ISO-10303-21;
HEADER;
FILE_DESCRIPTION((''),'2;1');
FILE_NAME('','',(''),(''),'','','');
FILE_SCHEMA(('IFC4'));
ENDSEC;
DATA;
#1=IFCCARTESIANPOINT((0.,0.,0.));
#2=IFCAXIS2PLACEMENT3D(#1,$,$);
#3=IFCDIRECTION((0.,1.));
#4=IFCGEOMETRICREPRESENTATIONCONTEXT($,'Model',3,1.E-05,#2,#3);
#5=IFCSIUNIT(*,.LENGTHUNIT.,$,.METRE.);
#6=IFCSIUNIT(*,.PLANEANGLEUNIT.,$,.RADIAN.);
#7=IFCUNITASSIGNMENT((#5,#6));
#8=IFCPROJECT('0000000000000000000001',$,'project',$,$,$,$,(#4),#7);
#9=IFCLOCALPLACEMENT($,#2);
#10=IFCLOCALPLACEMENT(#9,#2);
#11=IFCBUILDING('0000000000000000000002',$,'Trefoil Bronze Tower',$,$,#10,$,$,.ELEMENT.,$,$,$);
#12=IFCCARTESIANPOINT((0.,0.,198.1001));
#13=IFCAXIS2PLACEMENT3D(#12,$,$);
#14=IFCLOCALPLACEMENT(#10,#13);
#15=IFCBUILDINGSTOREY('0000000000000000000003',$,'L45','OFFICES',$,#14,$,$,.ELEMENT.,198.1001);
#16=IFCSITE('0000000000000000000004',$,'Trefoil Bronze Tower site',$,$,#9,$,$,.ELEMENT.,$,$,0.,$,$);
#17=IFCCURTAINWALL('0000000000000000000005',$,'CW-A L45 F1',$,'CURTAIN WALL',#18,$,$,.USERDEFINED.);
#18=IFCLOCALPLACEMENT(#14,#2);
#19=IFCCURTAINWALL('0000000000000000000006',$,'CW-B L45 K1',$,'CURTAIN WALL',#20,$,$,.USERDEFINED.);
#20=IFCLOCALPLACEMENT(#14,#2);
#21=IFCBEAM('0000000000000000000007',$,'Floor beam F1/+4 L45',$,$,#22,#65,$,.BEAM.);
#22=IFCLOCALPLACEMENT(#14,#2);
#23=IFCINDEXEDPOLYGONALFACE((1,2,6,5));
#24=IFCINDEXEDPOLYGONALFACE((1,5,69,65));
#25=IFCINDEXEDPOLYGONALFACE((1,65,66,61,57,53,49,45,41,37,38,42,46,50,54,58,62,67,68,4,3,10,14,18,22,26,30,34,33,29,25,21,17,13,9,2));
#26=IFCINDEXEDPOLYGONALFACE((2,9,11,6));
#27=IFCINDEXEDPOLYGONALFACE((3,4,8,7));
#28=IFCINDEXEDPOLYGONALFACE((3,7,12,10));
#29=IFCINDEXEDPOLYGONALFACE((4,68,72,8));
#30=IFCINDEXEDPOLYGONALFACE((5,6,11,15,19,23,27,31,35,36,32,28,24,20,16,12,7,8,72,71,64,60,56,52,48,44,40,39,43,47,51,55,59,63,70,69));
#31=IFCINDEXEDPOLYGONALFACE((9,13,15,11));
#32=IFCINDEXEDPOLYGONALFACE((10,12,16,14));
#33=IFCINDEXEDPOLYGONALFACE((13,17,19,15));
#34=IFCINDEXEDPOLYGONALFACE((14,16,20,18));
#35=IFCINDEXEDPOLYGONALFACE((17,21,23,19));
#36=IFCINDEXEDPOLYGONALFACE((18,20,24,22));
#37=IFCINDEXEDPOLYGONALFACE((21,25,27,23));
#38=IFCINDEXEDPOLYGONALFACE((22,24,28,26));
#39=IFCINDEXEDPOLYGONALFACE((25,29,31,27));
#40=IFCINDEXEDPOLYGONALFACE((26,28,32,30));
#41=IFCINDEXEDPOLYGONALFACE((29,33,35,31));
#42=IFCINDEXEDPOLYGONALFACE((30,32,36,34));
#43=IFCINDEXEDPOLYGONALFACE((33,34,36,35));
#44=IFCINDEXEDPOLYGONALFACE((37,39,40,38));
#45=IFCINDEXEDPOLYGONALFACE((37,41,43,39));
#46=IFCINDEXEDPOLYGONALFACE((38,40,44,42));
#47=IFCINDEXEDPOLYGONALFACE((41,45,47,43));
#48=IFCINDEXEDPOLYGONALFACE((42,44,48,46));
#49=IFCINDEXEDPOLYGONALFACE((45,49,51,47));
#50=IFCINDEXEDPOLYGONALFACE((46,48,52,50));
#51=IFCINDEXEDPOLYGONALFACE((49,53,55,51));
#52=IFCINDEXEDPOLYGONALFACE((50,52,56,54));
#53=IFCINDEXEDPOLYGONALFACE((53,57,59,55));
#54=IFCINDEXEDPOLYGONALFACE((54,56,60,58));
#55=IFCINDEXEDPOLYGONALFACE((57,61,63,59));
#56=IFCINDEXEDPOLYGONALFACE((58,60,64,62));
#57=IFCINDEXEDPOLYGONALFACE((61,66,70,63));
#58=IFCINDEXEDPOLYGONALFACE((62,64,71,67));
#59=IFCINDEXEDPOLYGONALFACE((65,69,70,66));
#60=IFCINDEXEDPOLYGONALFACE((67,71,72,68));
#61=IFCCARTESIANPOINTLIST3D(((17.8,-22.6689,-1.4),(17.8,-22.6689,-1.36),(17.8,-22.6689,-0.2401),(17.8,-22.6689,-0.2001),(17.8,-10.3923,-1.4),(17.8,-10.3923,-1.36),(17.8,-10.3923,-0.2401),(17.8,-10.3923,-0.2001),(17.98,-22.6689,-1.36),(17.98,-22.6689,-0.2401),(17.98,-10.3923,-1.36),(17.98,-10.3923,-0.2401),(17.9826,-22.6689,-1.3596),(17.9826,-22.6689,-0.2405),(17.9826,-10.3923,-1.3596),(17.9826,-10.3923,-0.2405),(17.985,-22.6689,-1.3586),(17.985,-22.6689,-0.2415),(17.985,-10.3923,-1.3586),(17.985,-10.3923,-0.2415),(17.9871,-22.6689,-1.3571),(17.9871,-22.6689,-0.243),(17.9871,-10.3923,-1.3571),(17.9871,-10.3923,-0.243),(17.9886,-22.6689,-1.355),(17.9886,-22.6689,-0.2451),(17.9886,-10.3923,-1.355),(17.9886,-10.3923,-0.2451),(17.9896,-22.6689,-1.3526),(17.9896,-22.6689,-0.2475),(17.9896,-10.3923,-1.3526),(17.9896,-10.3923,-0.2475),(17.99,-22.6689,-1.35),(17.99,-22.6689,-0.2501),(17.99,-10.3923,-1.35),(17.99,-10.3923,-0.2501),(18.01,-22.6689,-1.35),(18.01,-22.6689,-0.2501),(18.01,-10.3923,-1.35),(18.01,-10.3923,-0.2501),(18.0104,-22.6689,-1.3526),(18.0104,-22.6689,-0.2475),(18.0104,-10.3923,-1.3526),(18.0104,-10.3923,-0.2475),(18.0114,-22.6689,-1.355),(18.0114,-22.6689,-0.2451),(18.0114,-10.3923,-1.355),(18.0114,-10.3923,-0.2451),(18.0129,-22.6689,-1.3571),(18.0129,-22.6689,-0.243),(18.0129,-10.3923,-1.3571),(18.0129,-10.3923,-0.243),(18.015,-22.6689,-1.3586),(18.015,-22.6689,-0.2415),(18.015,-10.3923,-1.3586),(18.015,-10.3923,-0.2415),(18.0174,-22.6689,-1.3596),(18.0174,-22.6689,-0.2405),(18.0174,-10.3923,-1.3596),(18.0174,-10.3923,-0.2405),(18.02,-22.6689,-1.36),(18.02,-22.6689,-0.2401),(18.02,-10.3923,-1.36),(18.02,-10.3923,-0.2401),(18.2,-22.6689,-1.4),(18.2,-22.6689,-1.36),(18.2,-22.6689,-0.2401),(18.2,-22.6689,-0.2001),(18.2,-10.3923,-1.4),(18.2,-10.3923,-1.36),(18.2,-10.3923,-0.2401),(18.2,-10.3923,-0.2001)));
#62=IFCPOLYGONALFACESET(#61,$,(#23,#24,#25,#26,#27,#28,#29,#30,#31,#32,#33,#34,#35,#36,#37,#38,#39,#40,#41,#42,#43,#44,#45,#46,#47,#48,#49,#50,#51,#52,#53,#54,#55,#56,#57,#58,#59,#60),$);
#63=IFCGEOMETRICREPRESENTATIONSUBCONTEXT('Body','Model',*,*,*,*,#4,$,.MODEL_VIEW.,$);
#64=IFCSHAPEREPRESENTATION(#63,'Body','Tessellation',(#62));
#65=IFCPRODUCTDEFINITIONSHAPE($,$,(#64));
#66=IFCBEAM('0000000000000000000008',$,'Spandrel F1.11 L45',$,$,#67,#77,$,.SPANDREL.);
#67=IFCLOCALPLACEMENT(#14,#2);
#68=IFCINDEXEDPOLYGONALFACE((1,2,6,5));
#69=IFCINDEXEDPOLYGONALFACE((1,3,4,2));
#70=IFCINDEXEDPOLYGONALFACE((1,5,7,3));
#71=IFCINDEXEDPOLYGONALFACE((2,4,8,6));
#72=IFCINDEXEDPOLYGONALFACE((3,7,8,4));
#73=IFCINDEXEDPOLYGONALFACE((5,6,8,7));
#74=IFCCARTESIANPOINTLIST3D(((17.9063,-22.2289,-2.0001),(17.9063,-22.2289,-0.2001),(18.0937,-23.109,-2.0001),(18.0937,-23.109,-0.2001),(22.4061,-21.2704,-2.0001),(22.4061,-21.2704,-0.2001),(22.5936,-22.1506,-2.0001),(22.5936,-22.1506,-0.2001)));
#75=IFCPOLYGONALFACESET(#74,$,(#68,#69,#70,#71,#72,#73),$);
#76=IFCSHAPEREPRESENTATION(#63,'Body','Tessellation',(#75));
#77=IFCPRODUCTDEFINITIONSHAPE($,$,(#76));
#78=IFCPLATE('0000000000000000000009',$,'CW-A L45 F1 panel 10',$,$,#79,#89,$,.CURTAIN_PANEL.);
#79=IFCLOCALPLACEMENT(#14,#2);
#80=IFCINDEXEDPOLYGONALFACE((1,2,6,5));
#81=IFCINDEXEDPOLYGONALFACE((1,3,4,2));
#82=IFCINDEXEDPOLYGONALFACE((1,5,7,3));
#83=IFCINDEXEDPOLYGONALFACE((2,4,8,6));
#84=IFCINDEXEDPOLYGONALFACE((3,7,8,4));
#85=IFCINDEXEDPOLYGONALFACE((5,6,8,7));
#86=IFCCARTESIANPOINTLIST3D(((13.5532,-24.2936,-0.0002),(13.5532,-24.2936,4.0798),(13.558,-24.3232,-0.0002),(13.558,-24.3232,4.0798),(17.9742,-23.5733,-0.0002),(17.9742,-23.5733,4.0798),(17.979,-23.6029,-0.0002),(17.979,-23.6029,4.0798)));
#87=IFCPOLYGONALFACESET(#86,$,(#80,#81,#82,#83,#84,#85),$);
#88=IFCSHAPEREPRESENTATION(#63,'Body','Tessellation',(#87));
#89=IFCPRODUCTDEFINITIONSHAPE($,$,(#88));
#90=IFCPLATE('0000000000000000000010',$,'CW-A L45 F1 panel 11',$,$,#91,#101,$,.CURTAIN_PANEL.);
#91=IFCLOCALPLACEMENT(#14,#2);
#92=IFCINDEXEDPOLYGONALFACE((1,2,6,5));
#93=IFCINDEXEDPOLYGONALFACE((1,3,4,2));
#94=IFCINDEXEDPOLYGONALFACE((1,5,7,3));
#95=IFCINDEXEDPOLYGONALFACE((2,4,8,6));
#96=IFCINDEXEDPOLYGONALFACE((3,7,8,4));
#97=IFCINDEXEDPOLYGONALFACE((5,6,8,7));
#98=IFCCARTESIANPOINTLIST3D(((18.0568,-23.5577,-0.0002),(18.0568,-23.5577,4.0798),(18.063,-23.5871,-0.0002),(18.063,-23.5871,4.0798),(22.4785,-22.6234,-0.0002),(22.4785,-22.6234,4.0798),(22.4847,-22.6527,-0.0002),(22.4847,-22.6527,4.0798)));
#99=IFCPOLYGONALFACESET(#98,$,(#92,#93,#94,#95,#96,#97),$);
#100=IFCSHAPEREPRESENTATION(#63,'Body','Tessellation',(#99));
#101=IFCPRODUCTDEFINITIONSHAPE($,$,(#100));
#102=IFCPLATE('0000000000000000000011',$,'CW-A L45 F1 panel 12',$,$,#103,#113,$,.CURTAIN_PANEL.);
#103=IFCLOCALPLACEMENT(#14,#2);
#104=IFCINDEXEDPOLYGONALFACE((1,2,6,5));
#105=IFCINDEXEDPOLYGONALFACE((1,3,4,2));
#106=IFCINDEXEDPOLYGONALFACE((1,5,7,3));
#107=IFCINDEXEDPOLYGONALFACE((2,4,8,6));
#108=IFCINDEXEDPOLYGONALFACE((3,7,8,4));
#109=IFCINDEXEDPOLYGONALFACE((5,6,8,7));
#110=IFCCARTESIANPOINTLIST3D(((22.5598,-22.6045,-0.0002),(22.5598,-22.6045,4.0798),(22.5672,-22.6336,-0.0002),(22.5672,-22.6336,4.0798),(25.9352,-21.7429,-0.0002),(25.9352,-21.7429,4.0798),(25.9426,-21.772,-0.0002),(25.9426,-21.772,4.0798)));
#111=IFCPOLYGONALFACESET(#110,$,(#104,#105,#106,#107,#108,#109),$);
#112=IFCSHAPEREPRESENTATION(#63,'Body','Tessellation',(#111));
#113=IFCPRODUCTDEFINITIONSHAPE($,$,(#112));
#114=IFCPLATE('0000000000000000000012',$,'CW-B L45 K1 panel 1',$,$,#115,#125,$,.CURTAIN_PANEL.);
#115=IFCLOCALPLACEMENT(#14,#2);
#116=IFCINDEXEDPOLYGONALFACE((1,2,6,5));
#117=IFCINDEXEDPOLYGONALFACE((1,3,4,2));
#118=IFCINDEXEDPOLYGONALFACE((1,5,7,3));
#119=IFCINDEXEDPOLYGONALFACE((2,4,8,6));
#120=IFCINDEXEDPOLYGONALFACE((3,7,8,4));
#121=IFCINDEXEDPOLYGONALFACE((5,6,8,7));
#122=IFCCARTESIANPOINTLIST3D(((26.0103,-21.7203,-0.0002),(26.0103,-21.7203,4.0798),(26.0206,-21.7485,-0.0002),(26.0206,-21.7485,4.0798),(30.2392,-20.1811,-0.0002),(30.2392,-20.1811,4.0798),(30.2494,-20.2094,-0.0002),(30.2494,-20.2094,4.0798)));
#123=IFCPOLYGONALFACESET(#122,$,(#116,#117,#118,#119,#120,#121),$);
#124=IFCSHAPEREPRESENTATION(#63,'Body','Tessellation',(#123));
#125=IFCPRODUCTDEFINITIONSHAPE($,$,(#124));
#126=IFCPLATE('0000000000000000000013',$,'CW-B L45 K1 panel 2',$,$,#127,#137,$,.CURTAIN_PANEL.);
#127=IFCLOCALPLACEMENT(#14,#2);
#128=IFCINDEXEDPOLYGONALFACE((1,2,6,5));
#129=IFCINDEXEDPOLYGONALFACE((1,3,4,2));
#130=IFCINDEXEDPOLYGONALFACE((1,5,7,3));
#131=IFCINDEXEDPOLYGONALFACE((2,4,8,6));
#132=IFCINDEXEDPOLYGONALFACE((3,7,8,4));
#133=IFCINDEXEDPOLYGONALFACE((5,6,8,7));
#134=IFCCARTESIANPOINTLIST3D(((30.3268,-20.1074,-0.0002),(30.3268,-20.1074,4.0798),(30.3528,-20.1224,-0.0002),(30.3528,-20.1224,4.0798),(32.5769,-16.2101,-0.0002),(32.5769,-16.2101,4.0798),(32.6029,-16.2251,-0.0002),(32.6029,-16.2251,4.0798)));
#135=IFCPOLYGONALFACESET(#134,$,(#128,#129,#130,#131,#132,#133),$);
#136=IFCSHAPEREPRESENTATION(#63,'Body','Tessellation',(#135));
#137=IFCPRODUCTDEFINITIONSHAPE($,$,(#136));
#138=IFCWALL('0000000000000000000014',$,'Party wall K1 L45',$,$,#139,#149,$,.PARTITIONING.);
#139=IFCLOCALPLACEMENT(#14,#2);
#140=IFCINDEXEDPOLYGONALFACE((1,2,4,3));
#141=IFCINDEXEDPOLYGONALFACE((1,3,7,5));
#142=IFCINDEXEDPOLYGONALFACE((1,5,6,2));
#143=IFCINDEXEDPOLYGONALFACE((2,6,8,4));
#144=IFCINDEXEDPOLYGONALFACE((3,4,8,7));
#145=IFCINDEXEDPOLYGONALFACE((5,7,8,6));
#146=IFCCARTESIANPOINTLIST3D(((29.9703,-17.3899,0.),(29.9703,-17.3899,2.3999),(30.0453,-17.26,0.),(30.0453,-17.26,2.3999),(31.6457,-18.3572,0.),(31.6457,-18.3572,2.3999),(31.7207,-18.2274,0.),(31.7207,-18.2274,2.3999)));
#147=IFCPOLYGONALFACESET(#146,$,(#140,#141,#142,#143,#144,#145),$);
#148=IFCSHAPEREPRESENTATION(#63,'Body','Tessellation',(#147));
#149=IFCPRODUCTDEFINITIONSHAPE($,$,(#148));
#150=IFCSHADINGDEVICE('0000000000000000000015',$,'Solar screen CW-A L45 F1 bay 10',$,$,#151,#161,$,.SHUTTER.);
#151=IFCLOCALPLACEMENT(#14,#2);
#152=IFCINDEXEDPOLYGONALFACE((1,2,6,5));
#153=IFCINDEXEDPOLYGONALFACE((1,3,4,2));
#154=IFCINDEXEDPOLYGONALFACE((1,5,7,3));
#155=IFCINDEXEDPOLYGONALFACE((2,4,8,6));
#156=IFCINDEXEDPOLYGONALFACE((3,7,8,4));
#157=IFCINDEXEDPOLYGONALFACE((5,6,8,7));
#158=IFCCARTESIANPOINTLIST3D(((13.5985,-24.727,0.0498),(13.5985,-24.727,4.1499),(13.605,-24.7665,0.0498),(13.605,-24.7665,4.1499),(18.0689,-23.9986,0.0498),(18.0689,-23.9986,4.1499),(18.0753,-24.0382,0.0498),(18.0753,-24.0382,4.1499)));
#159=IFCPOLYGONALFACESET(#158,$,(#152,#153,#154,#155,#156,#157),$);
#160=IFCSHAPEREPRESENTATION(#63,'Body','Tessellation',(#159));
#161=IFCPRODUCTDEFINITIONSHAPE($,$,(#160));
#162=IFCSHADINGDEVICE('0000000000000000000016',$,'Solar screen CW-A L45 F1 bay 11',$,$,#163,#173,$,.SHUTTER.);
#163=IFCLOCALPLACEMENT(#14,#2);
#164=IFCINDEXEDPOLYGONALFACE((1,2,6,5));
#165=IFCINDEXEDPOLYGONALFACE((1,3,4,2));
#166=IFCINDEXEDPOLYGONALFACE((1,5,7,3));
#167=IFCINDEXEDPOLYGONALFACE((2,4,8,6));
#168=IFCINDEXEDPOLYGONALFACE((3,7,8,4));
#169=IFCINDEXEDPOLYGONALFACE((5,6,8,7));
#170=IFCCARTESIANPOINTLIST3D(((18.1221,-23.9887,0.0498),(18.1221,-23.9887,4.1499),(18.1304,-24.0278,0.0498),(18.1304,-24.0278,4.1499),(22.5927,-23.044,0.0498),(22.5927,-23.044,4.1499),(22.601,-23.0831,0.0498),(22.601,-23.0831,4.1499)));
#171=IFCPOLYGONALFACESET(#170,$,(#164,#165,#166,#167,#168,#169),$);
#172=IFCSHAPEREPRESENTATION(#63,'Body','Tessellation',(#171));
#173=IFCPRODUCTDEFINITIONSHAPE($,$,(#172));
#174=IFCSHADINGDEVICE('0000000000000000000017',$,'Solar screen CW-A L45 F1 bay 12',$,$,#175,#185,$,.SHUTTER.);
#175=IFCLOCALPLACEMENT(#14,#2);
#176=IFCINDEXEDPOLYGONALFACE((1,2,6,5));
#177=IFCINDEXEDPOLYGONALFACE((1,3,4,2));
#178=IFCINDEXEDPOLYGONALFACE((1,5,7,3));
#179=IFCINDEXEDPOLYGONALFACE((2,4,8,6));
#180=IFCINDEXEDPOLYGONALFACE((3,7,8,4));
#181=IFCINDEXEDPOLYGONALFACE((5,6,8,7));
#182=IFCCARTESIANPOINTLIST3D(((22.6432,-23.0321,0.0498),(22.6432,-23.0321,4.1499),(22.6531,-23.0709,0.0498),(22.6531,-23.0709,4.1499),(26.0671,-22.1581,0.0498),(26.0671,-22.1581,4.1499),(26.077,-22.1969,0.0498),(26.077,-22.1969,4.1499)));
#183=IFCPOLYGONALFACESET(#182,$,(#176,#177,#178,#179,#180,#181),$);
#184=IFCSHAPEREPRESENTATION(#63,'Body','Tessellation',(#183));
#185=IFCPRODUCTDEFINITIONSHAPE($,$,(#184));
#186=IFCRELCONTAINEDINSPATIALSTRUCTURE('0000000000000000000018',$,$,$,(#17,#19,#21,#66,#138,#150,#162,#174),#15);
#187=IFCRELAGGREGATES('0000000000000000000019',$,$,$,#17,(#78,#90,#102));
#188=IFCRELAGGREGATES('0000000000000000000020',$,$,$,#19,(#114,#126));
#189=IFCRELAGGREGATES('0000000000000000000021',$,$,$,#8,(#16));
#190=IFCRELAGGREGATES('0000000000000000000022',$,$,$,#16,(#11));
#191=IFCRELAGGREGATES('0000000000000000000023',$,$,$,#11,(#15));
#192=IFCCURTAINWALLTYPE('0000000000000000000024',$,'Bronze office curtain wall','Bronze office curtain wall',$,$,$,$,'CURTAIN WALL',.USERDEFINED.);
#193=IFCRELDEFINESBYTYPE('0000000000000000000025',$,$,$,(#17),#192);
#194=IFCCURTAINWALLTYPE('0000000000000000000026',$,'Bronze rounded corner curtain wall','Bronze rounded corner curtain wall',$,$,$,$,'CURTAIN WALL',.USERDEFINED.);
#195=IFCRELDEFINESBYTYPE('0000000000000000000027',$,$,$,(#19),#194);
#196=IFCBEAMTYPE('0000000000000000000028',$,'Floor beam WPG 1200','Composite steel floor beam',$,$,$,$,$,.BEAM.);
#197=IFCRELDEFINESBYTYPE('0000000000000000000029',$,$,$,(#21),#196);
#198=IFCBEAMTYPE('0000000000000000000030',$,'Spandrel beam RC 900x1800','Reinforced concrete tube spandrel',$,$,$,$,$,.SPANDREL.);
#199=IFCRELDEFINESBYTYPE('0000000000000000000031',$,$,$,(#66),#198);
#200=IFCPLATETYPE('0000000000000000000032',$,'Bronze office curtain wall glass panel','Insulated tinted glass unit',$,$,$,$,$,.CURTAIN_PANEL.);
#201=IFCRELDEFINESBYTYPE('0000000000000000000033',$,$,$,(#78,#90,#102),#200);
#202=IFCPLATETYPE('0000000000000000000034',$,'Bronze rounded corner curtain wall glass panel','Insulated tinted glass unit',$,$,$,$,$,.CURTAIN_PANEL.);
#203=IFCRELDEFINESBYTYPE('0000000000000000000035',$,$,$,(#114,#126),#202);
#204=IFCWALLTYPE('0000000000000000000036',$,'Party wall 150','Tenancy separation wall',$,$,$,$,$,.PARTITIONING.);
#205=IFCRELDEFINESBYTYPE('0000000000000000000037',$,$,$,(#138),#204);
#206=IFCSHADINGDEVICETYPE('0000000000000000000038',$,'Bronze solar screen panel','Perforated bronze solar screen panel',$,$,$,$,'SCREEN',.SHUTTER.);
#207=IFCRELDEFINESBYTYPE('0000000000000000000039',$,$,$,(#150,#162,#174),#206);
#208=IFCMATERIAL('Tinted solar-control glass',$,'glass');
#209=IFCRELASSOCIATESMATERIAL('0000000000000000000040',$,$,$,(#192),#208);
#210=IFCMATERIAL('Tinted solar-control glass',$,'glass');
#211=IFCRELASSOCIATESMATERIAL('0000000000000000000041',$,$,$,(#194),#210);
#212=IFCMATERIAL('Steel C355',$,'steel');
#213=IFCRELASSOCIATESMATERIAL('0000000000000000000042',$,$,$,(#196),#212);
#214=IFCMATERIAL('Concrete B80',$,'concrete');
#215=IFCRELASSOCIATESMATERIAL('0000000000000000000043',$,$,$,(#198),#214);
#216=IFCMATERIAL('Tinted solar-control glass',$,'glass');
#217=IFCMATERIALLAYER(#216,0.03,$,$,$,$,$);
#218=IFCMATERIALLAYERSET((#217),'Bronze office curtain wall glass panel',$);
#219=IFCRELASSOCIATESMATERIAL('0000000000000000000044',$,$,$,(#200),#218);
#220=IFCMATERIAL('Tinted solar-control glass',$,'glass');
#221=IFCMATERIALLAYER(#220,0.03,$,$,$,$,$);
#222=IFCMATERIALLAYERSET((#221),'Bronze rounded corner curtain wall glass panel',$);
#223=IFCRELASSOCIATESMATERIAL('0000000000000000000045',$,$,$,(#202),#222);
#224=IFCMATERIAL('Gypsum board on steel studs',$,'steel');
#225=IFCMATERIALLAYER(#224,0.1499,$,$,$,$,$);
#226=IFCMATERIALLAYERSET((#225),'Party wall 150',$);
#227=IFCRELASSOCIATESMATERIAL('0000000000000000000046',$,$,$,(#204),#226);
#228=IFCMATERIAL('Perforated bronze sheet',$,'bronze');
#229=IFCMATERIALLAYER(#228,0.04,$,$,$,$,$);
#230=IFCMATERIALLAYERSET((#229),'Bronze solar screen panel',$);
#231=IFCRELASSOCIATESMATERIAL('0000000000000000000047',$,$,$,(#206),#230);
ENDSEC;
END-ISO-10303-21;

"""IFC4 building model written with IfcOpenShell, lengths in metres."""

from ifc_helpers import new_model, si_unit, direction, frame, frame_2d, origin, origin_2d, place, context, subcontext, project, spatial, rectangle, i_section, extrude, material, layer, layer_set, material_profile, profile_set, type_object, element, aggregate, save


model = new_model("IFC4")

# Units and contexts
model_context = context("Model", 3, precision=1e-05, world=origin(), true_north=direction((0.0, 1.0)))
body_context = subcontext(model_context, "Body", "Model", "MODEL_VIEW")
ifc_project = project(units=[si_unit("LENGTHUNIT", "METRE"), si_unit("PLANEANGLEUNIT", "RADIAN")], contexts=[model_context])

# Site, building, storey
site_placement = place(None, origin())
site = spatial("IfcSite", under=ifc_project, at=site_placement, Name="Trefoil Bronze Tower site", CompositionType="ELEMENT", RefElevation=0.0)
building_placement = place(site_placement, origin())
building = spatial("IfcBuilding", under=site, at=building_placement, Name="Trefoil Bronze Tower", CompositionType="ELEMENT")
storey_placement = place(building_placement, frame((0.0, 0.0, 198.1001)))
storey = spatial("IfcBuildingStorey", under=building, at=storey_placement, Name="L45", Description="OFFICES", CompositionType="ELEMENT", Elevation=198.1001)

# Curtain walls
ifc_material_1 = material(Name="Tinted solar-control glass", Category="glass")
curtain_wall_type_1 = type_object("IfcCurtainWallType", Name="Bronze office curtain wall", Description="Bronze office curtain wall", ElementType="CURTAIN WALL", PredefinedType="USERDEFINED", material=ifc_material_1)
curtain_wall_1_placement = place(storey_placement, origin())
curtain_wall_1 = element("IfcCurtainWall", 1, at=curtain_wall_1_placement, inside=storey, type_object=curtain_wall_type_1, Name="CW-A L45 F1", ObjectType="CURTAIN WALL", PredefinedType="USERDEFINED")
ifc_material_2 = material(Name="Tinted solar-control glass", Category="glass")
curtain_wall_type_2 = type_object("IfcCurtainWallType", Name="Bronze rounded corner curtain wall", Description="Bronze rounded corner curtain wall", ElementType="CURTAIN WALL", PredefinedType="USERDEFINED", material=ifc_material_2)
curtain_wall_2_placement = place(storey_placement, origin())
curtain_wall_2 = element("IfcCurtainWall", 2, at=curtain_wall_2_placement, inside=storey, type_object=curtain_wall_type_2, Name="CW-B L45 K1", ObjectType="CURTAIN WALL", PredefinedType="USERDEFINED")

# Beams
ifc_material_3 = material(Name="Steel C355", Category="steel")
ifc_material_profile_1 = material_profile(ifc_material_3, i_section(OverallWidth=0.3999, OverallDepth=1.2, WebThickness=0.02, FlangeThickness=0.04, FilletRadius=0.01, at=origin_2d()), Name="WPG 1200")
ifc_profile_set_1 = profile_set([ifc_material_profile_1], Name="Steel C355")
beam_type_1 = type_object("IfcBeamType", Name="Floor beam WPG 1200", Description="Composite steel floor beam", PredefinedType="BEAM", material=ifc_profile_set_1)
beam_1_placement = place(storey_placement, frame((18.0, -22.6689, -0.8), z_axis=(0.0, 1.0, 0.0), x_axis=(-1.0, 0.0, 0.0)))
element("IfcBeam", 3, at=beam_1_placement, inside=storey, type_object=beam_type_1, Name="Floor beam F1/+4 L45", PredefinedType="BEAM", context=body_context, shape_type="SweptSolid", body=[
    extrude(i_section(OverallWidth=0.3999, OverallDepth=1.2, WebThickness=0.02, FlangeThickness=0.04, FilletRadius=0.01, at=origin_2d()), origin(), (0.0, 0.0, 1.0), 12.2766),
])
ifc_material_4 = material(Name="Concrete B80", Category="concrete")
ifc_material_profile_2 = material_profile(ifc_material_4, rectangle(XDim=0.8999, YDim=1.8, at=origin_2d()), Name="RC 900x1800")
ifc_profile_set_2 = profile_set([ifc_material_profile_2], Name="Concrete B80")
beam_type_2 = type_object("IfcBeamType", Name="Spandrel beam RC 900x1800", Description="Reinforced concrete tube spandrel", PredefinedType="SPANDREL", material=ifc_profile_set_2)
beam_2_placement = place(storey_placement, frame((18.0, -22.6689, -1.1001), z_axis=(0.978059, 0.208326, 0.0), x_axis=(-0.208326, 0.978059, 0.0)))
element("IfcBeam", 4, at=beam_2_placement, inside=storey, type_object=beam_type_2, Name="Spandrel F1.11 L45", PredefinedType="SPANDREL", context=body_context, shape_type="SweptSolid", body=[
    extrude(rectangle(XDim=0.8999, YDim=1.8, at=origin_2d()), origin(), (0.0, 0.0, 1.0), 4.6008),
])

# Plates
ifc_material_5 = material(Name="Tinted solar-control glass", Category="glass")
ifc_layer_1 = layer(ifc_material_5, 0.03)
ifc_layer_set_1 = layer_set([ifc_layer_1], Name="Bronze office curtain wall glass panel")
plate_type_1 = type_object("IfcPlateType", Name="Bronze office curtain wall glass panel", Description="Insulated tinted glass unit", PredefinedType="CURTAIN_PANEL", material=ifc_layer_set_1)
plate_1_placement = place(storey_placement, frame((15.7661, -23.9482, -0.0002), z_axis=(0.0, 0.0, 1.0), x_axis=(0.986987, 0.160803, 0.0)))
plate_1 = element("IfcPlate", 5, at=plate_1_placement, type_object=plate_type_1, Name="CW-A L45 F1 panel 10", PredefinedType="CURTAIN_PANEL", context=body_context, shape_type="SweptSolid", body=[
    extrude(rectangle(XDim=4.4792, YDim=0.03, at=origin_2d()), origin(), (0.0, 0.0, 1.0), 4.0801),
])
plate_2_placement = place(storey_placement, frame((20.2708, -23.1052, -0.0002), z_axis=(0.0, 0.0, 1.0), x_axis=(0.978394, 0.206747, 0.0)))
plate_2 = element("IfcPlate", 6, at=plate_2_placement, type_object=plate_type_1, Name="CW-A L45 F1 panel 11", PredefinedType="CURTAIN_PANEL", context=body_context, shape_type="SweptSolid", body=[
    extrude(rectangle(XDim=4.5193, YDim=0.03, at=origin_2d()), origin(), (0.0, 0.0, 1.0), 4.0801),
])
plate_3_placement = place(storey_placement, frame((24.2512, -22.1882, -0.0002), z_axis=(0.0, 0.0, 1.0), x_axis=(0.968934, 0.247319, 0.0)))
plate_3 = element("IfcPlate", 7, at=plate_3_placement, type_object=plate_type_1, Name="CW-A L45 F1 panel 12", PredefinedType="CURTAIN_PANEL", context=body_context, shape_type="SweptSolid", body=[
    extrude(rectangle(XDim=3.4836, YDim=0.03, at=origin_2d()), origin(), (0.0, 0.0, 1.0), 4.0801),
])
aggregate(curtain_wall_1, [plate_1, plate_2, plate_3])
ifc_material_6 = material(Name="Tinted solar-control glass", Category="glass")
ifc_layer_2 = layer(ifc_material_6, 0.03)
ifc_layer_set_2 = layer_set([ifc_layer_2], Name="Bronze rounded corner curtain wall glass panel")
plate_type_2 = type_object("IfcPlateType", Name="Bronze rounded corner curtain wall glass panel", Description="Insulated tinted glass unit", PredefinedType="CURTAIN_PANEL", material=ifc_layer_set_2)
plate_4_placement = place(storey_placement, frame((28.1299, -20.9648, -0.0002), z_axis=(0.0, 0.0, 1.0), x_axis=(0.939693, 0.34202, 0.0)))
plate_4 = element("IfcPlate", 8, at=plate_4_placement, type_object=plate_type_2, Name="CW-B L45 K1 panel 1", PredefinedType="CURTAIN_PANEL", context=body_context, shape_type="SweptSolid", body=[
    extrude(rectangle(XDim=4.5002, YDim=0.03, at=origin_2d()), origin(), (0.0, 0.0, 1.0), 4.0801),
])
plate_5_placement = place(storey_placement, frame((31.4648, -18.1663, -0.0002), z_axis=(0.0, 0.0, 1.0), x_axis=(0.5, 0.866025, 0.0)))
plate_5 = element("IfcPlate", 9, at=plate_5_placement, type_object=plate_type_2, Name="CW-B L45 K1 panel 2", PredefinedType="CURTAIN_PANEL", context=body_context, shape_type="SweptSolid", body=[
    extrude(rectangle(XDim=4.5002, YDim=0.03, at=origin_2d()), origin(), (0.0, 0.0, 1.0), 4.0801),
])
aggregate(curtain_wall_2, [plate_4, plate_5])

# Wall
ifc_material_7 = material(Name="Gypsum board on steel studs", Category="steel")
ifc_layer_3 = layer(ifc_material_7, 0.1499)
ifc_layer_set_3 = layer_set([ifc_layer_3], Name="Party wall 150")
wall_type = type_object("IfcWallType", Name="Party wall 150", Description="Tenancy separation wall", PredefinedType="PARTITIONING", material=ifc_layer_set_3)
wall_placement = place(storey_placement, frame((30.0078, -17.325, 0.0), z_axis=(0.0, 0.0, 1.0), x_axis=(0.866013, -0.500021, 0.0)))
element("IfcWall", 10, at=wall_placement, inside=storey, type_object=wall_type, Name="Party wall K1 L45", PredefinedType="PARTITIONING", context=body_context, shape_type="SweptSolid", body=[
    extrude(rectangle(XDim=1.9346, YDim=0.1499, at=frame_2d((0.9673, 0.0))), origin(), (0.0, 0.0, 1.0), 2.3999),
])

# Shading devices
ifc_material_8 = material(Name="Perforated bronze sheet", Category="bronze")
ifc_layer_4 = layer(ifc_material_8, 0.04)
ifc_layer_set_4 = layer_set([ifc_layer_4], Name="Bronze solar screen panel")
shading_device_type = type_object("IfcShadingDeviceType", Name="Bronze solar screen panel", Description="Perforated bronze solar screen panel", ElementType="SCREEN", PredefinedType="SHUTTER", material=ifc_layer_set_4)
shading_device_1_placement = place(storey_placement, frame((15.8369, -24.3826, 0.0498), z_axis=(0.0, 0.0, 1.0), x_axis=(0.986987, 0.160803, 0.0)))
element("IfcShadingDevice", 11, at=shading_device_1_placement, inside=storey, type_object=shading_device_type, Name="Solar screen CW-A L45 F1 bay 10", PredefinedType="SHUTTER", context=body_context, shape_type="SweptSolid", body=[
    extrude(rectangle(XDim=4.5293, YDim=0.04, at=origin_2d()), origin(), (0.0, 0.0, 1.0), 4.1001),
])
shading_device_2_placement = place(storey_placement, frame((20.3616, -23.5359, 0.0498), z_axis=(0.0, 0.0, 1.0), x_axis=(0.978394, 0.206747, 0.0)))
element("IfcShadingDevice", 12, at=shading_device_2_placement, inside=storey, type_object=shading_device_type, Name="Solar screen CW-A L45 F1 bay 11", PredefinedType="SHUTTER", context=body_context, shape_type="SweptSolid", body=[
    extrude(rectangle(XDim=4.5693, YDim=0.04, at=origin_2d()), origin(), (0.0, 0.0, 1.0), 4.1001),
])
shading_device_3_placement = place(storey_placement, frame((24.3601, -22.6145, 0.0498), z_axis=(0.0, 0.0, 1.0), x_axis=(0.968934, 0.247319, 0.0)))
element("IfcShadingDevice", 13, at=shading_device_3_placement, inside=storey, type_object=shading_device_type, Name="Solar screen CW-A L45 F1 bay 12", PredefinedType="SHUTTER", context=body_context, shape_type="SweptSolid", body=[
    extrude(rectangle(XDim=3.5337, YDim=0.04, at=origin_2d()), origin(), (0.0, 0.0, 1.0), 4.1001),
])

save(model, "model.ifc")
